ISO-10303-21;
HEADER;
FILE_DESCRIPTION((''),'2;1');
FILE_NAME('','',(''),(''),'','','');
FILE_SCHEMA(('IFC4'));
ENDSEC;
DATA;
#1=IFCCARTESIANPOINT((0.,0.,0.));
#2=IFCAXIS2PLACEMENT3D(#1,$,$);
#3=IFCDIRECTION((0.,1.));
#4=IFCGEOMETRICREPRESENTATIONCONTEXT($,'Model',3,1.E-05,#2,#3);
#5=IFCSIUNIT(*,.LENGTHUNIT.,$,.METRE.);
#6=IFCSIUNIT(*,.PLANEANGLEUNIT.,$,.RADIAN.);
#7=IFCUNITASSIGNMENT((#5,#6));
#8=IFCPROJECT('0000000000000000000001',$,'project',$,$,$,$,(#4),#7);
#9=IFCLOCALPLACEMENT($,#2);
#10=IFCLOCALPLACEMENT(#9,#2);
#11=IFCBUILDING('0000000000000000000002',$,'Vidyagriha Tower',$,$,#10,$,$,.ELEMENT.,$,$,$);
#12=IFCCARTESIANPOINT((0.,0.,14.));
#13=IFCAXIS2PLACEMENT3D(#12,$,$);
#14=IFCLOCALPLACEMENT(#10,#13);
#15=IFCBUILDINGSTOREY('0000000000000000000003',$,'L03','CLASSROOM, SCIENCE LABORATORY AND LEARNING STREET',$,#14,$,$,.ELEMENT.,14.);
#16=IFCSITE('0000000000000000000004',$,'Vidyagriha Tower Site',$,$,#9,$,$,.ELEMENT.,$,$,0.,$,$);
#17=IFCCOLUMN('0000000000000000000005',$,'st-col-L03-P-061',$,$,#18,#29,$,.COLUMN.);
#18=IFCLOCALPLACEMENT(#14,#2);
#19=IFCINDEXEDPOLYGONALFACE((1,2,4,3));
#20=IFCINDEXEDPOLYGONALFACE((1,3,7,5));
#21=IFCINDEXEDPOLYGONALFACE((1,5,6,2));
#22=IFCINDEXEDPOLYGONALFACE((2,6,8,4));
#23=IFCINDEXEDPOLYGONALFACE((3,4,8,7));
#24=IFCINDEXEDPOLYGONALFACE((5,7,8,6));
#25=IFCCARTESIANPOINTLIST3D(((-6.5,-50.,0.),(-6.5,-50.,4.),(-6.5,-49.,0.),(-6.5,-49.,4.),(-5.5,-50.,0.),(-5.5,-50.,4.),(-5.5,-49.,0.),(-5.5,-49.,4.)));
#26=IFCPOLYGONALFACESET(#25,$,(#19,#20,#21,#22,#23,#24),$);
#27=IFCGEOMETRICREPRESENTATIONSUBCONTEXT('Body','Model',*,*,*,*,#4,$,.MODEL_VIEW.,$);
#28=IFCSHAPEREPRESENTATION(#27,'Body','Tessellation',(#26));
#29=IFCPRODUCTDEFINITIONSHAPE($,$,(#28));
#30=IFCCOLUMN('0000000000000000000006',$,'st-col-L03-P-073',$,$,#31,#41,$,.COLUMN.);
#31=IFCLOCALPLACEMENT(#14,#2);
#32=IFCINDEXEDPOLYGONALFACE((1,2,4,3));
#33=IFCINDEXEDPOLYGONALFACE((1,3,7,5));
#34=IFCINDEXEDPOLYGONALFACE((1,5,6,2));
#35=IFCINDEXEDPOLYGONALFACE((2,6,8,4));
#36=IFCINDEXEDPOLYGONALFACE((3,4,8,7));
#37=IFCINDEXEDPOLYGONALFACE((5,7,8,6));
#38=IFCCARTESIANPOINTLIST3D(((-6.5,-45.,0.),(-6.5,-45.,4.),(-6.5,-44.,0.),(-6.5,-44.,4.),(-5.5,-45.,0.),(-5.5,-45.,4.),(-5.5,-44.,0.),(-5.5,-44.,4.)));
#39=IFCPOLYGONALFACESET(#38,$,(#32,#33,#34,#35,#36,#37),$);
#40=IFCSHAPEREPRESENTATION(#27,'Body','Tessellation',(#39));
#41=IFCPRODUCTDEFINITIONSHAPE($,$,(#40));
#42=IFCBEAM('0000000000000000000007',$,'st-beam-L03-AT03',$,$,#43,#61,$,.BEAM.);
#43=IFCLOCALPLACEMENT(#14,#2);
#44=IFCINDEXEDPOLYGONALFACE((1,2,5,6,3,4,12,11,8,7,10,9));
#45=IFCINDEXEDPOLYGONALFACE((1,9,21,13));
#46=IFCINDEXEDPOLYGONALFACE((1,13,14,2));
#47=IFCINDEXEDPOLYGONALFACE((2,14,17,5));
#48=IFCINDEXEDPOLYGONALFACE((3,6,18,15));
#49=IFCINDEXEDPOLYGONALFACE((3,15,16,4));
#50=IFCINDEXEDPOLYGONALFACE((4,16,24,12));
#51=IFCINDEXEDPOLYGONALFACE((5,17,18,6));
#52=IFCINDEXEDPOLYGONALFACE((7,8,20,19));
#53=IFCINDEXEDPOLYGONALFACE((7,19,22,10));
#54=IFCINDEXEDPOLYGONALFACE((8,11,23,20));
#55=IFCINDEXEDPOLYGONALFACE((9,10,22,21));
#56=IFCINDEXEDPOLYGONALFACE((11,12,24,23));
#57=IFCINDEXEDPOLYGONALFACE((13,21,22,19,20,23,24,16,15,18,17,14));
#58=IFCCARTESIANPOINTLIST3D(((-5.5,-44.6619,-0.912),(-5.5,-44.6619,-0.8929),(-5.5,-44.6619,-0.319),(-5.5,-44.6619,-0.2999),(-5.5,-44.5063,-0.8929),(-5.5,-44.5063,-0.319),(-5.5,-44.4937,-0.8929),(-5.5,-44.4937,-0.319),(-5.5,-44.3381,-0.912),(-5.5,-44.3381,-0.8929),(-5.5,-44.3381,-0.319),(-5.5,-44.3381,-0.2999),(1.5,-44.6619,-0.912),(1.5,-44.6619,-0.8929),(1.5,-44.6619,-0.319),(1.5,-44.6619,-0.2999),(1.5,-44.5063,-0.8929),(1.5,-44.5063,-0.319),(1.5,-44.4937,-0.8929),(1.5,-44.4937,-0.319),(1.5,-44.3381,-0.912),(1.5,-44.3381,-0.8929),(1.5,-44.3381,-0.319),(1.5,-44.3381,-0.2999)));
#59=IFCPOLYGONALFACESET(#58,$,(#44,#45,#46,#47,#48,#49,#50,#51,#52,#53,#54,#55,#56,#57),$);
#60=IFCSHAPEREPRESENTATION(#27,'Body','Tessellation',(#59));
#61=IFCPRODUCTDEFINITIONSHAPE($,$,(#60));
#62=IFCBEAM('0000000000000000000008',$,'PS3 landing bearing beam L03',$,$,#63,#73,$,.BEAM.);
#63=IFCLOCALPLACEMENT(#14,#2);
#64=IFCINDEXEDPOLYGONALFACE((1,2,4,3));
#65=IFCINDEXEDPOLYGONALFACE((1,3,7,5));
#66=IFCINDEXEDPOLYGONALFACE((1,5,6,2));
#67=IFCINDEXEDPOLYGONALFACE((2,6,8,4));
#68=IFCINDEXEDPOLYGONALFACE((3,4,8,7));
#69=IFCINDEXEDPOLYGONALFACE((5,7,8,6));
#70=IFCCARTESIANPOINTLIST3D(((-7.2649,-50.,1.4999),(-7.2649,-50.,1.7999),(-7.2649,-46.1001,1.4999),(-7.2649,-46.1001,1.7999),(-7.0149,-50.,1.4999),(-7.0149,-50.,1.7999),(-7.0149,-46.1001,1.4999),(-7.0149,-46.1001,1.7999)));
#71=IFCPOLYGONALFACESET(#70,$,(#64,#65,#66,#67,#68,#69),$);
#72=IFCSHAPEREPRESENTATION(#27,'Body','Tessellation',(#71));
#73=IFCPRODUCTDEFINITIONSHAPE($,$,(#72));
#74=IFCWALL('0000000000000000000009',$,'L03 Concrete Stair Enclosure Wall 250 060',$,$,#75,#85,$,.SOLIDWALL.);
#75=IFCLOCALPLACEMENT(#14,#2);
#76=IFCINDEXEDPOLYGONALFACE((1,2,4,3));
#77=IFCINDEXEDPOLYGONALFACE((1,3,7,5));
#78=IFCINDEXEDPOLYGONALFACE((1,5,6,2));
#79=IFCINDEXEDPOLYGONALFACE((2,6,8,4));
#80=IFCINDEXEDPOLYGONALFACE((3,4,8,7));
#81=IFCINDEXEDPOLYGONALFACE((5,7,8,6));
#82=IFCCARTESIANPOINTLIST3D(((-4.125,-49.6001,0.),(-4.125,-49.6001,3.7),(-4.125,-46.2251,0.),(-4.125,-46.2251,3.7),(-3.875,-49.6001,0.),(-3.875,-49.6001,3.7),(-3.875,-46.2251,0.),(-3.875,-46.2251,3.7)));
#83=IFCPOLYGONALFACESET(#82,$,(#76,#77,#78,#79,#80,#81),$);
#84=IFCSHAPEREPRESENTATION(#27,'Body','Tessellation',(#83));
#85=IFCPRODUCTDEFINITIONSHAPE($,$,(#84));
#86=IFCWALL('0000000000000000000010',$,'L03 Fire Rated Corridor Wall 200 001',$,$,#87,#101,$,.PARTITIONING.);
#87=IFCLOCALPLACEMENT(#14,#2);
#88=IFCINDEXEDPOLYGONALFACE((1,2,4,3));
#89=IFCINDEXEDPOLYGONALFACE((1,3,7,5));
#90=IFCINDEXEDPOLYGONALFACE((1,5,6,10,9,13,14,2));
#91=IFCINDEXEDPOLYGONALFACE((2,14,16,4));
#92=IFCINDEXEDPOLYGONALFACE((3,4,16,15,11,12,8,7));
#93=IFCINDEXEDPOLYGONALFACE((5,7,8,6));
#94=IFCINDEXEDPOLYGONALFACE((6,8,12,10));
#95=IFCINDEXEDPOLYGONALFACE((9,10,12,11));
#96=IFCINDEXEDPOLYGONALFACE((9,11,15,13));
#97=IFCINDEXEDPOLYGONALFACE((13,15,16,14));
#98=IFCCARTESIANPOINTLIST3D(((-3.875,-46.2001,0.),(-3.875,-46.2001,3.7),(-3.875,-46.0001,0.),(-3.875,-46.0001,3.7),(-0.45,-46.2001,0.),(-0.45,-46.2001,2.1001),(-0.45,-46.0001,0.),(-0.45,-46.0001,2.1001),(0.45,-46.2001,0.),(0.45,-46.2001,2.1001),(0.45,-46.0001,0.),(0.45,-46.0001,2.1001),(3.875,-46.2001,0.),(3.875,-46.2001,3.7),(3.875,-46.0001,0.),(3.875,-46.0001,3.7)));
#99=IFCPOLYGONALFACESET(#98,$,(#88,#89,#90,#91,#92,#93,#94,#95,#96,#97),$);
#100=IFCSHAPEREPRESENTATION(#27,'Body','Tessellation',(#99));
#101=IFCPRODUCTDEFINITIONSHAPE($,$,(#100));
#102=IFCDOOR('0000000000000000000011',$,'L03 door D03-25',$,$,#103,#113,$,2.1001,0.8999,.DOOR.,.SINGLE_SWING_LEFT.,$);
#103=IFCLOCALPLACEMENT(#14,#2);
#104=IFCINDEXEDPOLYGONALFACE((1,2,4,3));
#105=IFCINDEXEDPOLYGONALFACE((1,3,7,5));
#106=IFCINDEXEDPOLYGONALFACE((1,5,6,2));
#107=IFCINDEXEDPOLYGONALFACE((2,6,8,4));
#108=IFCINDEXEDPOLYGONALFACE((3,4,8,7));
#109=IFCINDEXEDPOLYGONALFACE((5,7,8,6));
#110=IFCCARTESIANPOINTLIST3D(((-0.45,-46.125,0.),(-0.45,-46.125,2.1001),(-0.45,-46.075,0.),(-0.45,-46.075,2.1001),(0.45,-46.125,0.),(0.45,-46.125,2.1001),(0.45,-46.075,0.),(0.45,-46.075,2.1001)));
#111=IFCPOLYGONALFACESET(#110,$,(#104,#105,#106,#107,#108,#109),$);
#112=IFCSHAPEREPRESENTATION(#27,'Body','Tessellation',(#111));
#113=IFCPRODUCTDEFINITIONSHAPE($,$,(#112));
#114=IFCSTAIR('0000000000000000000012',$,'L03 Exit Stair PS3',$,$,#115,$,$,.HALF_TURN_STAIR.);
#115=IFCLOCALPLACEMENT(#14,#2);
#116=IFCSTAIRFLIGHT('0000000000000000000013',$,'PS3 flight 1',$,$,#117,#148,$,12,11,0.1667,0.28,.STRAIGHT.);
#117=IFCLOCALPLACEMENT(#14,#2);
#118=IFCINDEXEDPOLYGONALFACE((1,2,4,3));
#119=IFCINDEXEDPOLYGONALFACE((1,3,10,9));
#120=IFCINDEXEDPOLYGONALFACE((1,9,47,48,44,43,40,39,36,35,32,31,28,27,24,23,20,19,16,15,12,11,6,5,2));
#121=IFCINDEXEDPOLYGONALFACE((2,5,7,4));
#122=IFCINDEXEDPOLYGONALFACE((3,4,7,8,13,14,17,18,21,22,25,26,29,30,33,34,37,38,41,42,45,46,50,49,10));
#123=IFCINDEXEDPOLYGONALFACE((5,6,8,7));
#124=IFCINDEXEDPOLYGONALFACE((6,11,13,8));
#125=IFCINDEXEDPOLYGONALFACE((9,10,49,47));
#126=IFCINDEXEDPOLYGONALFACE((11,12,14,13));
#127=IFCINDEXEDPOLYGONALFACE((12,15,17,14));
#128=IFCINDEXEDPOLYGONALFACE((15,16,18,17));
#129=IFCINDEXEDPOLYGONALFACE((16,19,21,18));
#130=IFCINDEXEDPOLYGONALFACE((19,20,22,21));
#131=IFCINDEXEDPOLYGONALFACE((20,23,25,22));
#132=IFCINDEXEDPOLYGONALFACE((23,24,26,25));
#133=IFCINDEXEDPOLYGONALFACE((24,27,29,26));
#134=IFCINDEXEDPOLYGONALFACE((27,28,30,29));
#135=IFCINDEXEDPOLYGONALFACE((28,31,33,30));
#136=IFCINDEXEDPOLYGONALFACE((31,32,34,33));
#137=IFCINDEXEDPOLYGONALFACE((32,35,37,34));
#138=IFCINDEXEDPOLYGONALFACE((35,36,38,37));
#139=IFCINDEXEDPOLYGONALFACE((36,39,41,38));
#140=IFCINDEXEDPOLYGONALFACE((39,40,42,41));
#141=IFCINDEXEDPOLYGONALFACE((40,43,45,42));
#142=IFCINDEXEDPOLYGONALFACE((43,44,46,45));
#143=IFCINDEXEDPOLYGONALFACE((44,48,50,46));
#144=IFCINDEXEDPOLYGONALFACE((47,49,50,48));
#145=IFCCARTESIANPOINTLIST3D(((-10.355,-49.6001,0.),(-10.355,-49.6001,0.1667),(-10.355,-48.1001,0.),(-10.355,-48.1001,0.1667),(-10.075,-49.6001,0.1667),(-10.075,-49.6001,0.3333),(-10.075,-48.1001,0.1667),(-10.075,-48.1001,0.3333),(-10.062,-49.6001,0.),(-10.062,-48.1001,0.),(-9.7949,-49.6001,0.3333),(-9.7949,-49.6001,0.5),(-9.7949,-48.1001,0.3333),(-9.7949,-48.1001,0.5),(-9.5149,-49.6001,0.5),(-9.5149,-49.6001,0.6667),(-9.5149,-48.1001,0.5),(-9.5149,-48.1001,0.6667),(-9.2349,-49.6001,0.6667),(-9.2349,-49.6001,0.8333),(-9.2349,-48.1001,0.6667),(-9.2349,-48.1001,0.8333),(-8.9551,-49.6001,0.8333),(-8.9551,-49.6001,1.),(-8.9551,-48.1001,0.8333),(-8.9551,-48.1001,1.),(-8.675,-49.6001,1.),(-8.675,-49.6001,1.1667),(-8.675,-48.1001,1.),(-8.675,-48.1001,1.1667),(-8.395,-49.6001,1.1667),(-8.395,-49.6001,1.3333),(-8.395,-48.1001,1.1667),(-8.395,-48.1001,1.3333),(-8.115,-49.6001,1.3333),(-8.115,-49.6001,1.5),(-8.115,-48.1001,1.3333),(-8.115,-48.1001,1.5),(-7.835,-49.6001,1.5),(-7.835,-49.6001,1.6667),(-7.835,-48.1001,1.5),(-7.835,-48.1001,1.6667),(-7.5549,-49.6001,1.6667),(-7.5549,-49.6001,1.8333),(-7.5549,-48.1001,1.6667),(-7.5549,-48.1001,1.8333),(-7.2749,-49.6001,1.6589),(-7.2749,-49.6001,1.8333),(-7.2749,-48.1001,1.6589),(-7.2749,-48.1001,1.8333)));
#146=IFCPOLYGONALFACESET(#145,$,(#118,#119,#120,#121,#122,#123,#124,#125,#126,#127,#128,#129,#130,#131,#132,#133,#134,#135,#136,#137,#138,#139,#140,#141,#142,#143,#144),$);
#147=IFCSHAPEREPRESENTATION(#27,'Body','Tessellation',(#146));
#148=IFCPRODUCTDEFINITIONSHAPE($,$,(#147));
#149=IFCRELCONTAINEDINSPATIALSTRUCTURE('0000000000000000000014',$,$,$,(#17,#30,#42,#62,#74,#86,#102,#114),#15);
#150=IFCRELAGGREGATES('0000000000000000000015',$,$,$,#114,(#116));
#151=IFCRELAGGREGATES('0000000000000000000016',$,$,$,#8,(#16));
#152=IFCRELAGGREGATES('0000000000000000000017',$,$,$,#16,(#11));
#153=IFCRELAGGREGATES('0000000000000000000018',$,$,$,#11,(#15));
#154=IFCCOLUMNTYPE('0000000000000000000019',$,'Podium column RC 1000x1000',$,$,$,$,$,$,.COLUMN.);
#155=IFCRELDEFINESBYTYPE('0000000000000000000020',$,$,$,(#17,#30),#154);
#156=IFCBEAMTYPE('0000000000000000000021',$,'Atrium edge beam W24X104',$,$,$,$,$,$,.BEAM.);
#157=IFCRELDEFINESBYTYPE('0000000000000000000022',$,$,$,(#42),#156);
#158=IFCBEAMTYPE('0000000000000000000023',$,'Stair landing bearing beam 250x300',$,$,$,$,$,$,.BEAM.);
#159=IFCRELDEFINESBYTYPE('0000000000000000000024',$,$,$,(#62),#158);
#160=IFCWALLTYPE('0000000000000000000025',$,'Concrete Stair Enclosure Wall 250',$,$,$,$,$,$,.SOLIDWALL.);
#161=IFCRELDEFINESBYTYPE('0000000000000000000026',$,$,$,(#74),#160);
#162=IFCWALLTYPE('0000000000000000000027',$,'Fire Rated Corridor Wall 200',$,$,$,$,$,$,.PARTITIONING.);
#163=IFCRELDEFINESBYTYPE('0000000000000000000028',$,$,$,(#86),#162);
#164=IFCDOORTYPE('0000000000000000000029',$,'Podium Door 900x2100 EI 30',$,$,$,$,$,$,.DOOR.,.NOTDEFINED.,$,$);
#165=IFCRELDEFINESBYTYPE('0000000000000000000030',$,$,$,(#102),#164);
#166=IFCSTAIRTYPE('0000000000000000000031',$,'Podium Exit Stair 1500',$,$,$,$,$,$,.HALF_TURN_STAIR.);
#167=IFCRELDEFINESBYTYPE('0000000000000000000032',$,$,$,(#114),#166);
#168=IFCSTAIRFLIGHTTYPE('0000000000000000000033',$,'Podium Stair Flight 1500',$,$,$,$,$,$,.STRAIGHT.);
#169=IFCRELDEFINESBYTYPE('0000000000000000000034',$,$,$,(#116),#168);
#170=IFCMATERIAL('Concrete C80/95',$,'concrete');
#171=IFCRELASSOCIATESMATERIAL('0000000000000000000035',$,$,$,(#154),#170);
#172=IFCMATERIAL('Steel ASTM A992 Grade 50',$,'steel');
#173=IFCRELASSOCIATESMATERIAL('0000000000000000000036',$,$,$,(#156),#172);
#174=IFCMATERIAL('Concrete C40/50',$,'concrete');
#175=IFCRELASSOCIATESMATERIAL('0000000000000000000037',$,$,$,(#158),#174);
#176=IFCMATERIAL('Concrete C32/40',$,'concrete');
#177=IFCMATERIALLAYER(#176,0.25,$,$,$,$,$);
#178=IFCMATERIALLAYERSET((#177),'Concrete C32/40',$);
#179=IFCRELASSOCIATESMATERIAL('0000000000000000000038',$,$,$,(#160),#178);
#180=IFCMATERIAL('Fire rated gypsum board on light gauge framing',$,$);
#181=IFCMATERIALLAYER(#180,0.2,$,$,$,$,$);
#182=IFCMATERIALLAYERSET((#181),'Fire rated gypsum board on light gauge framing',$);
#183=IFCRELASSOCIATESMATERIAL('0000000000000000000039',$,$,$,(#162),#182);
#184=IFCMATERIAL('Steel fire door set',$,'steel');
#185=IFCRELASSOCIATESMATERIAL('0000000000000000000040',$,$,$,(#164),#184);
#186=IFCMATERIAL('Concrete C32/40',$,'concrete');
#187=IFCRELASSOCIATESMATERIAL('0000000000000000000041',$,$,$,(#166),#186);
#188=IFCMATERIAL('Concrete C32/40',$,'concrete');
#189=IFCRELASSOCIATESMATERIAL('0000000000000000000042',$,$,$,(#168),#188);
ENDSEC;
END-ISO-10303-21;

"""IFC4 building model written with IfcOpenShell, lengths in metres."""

from ifc_helpers import new_model, si_unit, direction, frame, frame_2d, origin, origin_2d, place, context, subcontext, project, spatial, polyline, rectangle, i_section, outline, extrude, material, layer, layer_set, material_profile, profile_set, type_object, element, fill, aggregate, save


model = new_model("IFC4")

# Units and contexts
model_context = context("Model", 3, precision=1e-05, world=origin(), true_north=direction((0.0, 1.0)))
body_context = subcontext(model_context, "Body", "Model", "MODEL_VIEW")
ifc_project = project(units=[si_unit("LENGTHUNIT", "METRE"), si_unit("PLANEANGLEUNIT", "RADIAN")], contexts=[model_context])

# Site, building, storey
site_placement = place(None, origin())
site = spatial("IfcSite", under=ifc_project, at=site_placement, Name="Vidyagriha Tower Site", CompositionType="ELEMENT", RefElevation=0.0)
building_placement = place(site_placement, origin())
building = spatial("IfcBuilding", under=site, at=building_placement, Name="Vidyagriha Tower", CompositionType="ELEMENT")
storey_placement = place(building_placement, frame((0.0, 0.0, 14.0)))
storey = spatial("IfcBuildingStorey", under=building, at=storey_placement, Name="L03", Description="CLASSROOM, SCIENCE LABORATORY AND LEARNING STREET", CompositionType="ELEMENT", Elevation=14.0)

# Columns
ifc_material_1 = material(Name="Concrete C80/95", Category="concrete")
ifc_material_profile_1 = material_profile(ifc_material_1, rectangle(XDim=1.0, YDim=1.0, at=origin_2d()), Name="RC 1000x1000")
ifc_profile_set_1 = profile_set([ifc_material_profile_1], Name="Concrete C80/95")
column_type = type_object("IfcColumnType", Name="Podium column RC 1000x1000", PredefinedType="COLUMN", material=ifc_profile_set_1)
for number, where, name in (
    (1, (-6.0, -49.5, 0.0), "st-col-L03-P-061"),
    (2, (-6.0, -44.5, 0.0), "st-col-L03-P-073"),
):
    element("IfcColumn", number, at=place(storey_placement, frame(where)), inside=storey, type_object=column_type, Name=name, PredefinedType="COLUMN", context=body_context, shape_type="SweptSolid", body=[
        extrude(rectangle(XDim=1.0, YDim=1.0, at=origin_2d()), origin(), (0.0, 0.0, 1.0), 4.0),
    ])

# Beams
ifc_material_2 = material(Name="Steel ASTM A992 Grade 50", Category="steel")
ifc_material_profile_2 = material_profile(ifc_material_2, i_section(OverallWidth=0.3237, OverallDepth=0.6121, WebThickness=0.0127, FlangeThickness=0.019, at=origin_2d()), Name="W24X104")
ifc_profile_set_2 = profile_set([ifc_material_profile_2], Name="Steel ASTM A992 Grade 50")
beam_type_1 = type_object("IfcBeamType", Name="Atrium edge beam W24X104", PredefinedType="BEAM", material=ifc_profile_set_2)
beam_1_placement = place(storey_placement, frame((-5.5, -44.5, -0.606), z_axis=(1.0, 0.0, 0.0), x_axis=(0.0, 1.0, 0.0)))
element("IfcBeam", 3, at=beam_1_placement, inside=storey, type_object=beam_type_1, Name="st-beam-L03-AT03", PredefinedType="BEAM", context=body_context, shape_type="SweptSolid", body=[
    extrude(i_section(OverallWidth=0.3237, OverallDepth=0.6121, WebThickness=0.0127, FlangeThickness=0.019, at=origin_2d()), origin(), (0.0, 0.0, 1.0), 7.0),
])
ifc_material_3 = material(Name="Concrete C40/50", Category="concrete")
ifc_material_profile_3 = material_profile(ifc_material_3, rectangle(XDim=0.25, YDim=0.3, at=origin_2d()), Name="Stair landing bearing beam 250x300")
ifc_profile_set_3 = profile_set([ifc_material_profile_3], Name="Concrete C40/50")
beam_type_2 = type_object("IfcBeamType", Name="Stair landing bearing beam 250x300", PredefinedType="BEAM", material=ifc_profile_set_3)
beam_2_placement = place(storey_placement, frame((-7.1399, -50.0, 1.6499), z_axis=(0.0, 1.0, 0.0), x_axis=(-1.0, 0.0, 0.0)))
element("IfcBeam", 4, at=beam_2_placement, inside=storey, type_object=beam_type_2, Name="PS3 landing bearing beam L03", PredefinedType="BEAM", context=body_context, shape_type="SweptSolid", body=[
    extrude(rectangle(XDim=0.25, YDim=0.3, at=origin_2d()), origin(), (0.0, 0.0, 1.0), 3.8999),
])

# Wall
ifc_material_4 = material(Name="Concrete C32/40", Category="concrete")
ifc_layer_1 = layer(ifc_material_4, 0.25)
ifc_layer_set_1 = layer_set([ifc_layer_1], Name="Concrete C32/40")
wall_type_1 = type_object("IfcWallType", Name="Concrete Stair Enclosure Wall 250", PredefinedType="SOLIDWALL", material=ifc_layer_set_1)
wall_1_placement = place(storey_placement, frame((-4.0, -49.6001, 0.0), z_axis=(0.0, 0.0, 1.0), x_axis=(0.0, 1.0, 0.0)))
element("IfcWall", 5, at=wall_1_placement, inside=storey, type_object=wall_type_1, Name="L03 Concrete Stair Enclosure Wall 250 060", PredefinedType="SOLIDWALL", context=body_context, shape_type="SweptSolid", body=[
    extrude(rectangle(XDim=3.375, YDim=0.25, at=frame_2d((1.6875, 0.0))), origin(), (0.0, 0.0, 1.0), 3.7),
])

# Wall, opening, door
ifc_material_5 = material(Name="Fire rated gypsum board on light gauge framing")
ifc_layer_2 = layer(ifc_material_5, 0.2)
ifc_layer_set_2 = layer_set([ifc_layer_2], Name="Fire rated gypsum board on light gauge framing")
wall_type_2 = type_object("IfcWallType", Name="Fire Rated Corridor Wall 200", PredefinedType="PARTITIONING", material=ifc_layer_set_2)
wall_2_placement = place(storey_placement, frame((-3.875, -46.1001, 0.0)))
wall_2 = element("IfcWall", 6, at=wall_2_placement, inside=storey, type_object=wall_type_2, Name="L03 Fire Rated Corridor Wall 200 001", PredefinedType="PARTITIONING", context=body_context, shape_type="SweptSolid", body=[
    extrude(rectangle(XDim=7.75, YDim=0.2, at=frame_2d((3.875, 0.0))), origin(), (0.0, 0.0, 1.0), 3.7),
])
opening_placement = place(wall_2_placement, frame((3.425, 0.0, 0.0)))
opening = element("IfcOpeningElement", 7, at=opening_placement, cuts=wall_2, PredefinedType="OPENING", context=body_context, shape_type="SweptSolid", body=[
    extrude(rectangle(XDim=0.8999, YDim=2.1001, at=frame_2d((0.45, 1.05))), frame((0.0, 0.1099, 0.0), z_axis=(0.0, -1.0, 0.0), x_axis=(1.0, 0.0, 0.0)), (0.0, 0.0, 1.0), 0.22),
])
ifc_material_6 = material(Name="Steel fire door set", Category="steel")
door_type = type_object("IfcDoorType", Name="Podium Door 900x2100 EI 30", OperationType="NOTDEFINED", PredefinedType="DOOR", material=ifc_material_6)
door_placement = place(opening_placement, frame((0.8999, 0.0, 0.0), z_axis=(0.0, 0.0, 1.0), x_axis=(-1.0, 0.0, 0.0)))
door = element("IfcDoor", 8, at=door_placement, inside=storey, type_object=door_type, Name="L03 door D03-25", OperationType="SINGLE_SWING_LEFT", OverallHeight=2.1001, OverallWidth=0.8999, PredefinedType="DOOR", context=body_context, shape_type="SweptSolid", body=[
    extrude(rectangle(XDim=0.8999, YDim=2.1001, at=frame_2d((0.45, 1.05))), frame((0.0, 0.0249, 0.0), z_axis=(0.0, -1.0, 0.0), x_axis=(1.0, 0.0, 0.0)), (0.0, 0.0, 1.0), 0.05),
])
fill(opening, door)

# Stair, stair flight
ifc_material_7 = material(Name="Concrete C32/40", Category="concrete")
stair_type = type_object("IfcStairType", Name="Podium Exit Stair 1500", PredefinedType="HALF_TURN_STAIR", material=ifc_material_7)
stair_placement = place(storey_placement, origin())
stair = element("IfcStair", 9, at=stair_placement, inside=storey, type_object=stair_type, Name="L03 Exit Stair PS3", PredefinedType="HALF_TURN_STAIR")
ifc_material_8 = material(Name="Concrete C32/40", Category="concrete")
stair_flight_type = type_object("IfcStairFlightType", Name="Podium Stair Flight 1500", PredefinedType="STRAIGHT", material=ifc_material_8)
stair_flight_1_placement = place(storey_placement, frame((-10.355, -48.8501, 0.0)))
stair_flight_1 = element("IfcStairFlight", 10, at=stair_flight_1_placement, type_object=stair_flight_type, Name="PS3 flight 1", NumberOfRisers=12, NumberOfTreads=11, PredefinedType="STRAIGHT", RiserHeight=0.1667, TreadLength=0.28, context=body_context, shape_type="SweptSolid", body=[
    extrude(outline(polyline([(0.0, 0.0), (0.0, 0.1667), (0.28, 0.1667), (0.28, 0.3333), (0.5601, 0.3333), (0.5601, 0.5), (0.8401, 0.5), (0.8401, 0.6667), (1.1201, 0.6667), (1.1201, 0.8333), (1.3999, 0.8333), (1.3999, 1.0), (1.6799, 1.0), (1.6799, 1.1667), (1.96, 1.1667), (1.96, 1.3333), (2.24, 1.3333), (2.24, 1.5), (2.52, 1.5), (2.52, 1.6667), (2.8, 1.6667), (2.8, 1.8333), (3.0801, 1.8333), (3.0801, 2.0), (3.0801, 1.6589), (0.293, 0.0), (0.0, 0.0)])), frame((0.0, 0.75, 0.0), z_axis=(0.0, -1.0, 0.0), x_axis=(1.0, 0.0, 0.0)), (0.0, 0.0, 1.0), 1.5),
])
aggregate(stair, [stair_flight_1])

save(model, "model.ifc")
